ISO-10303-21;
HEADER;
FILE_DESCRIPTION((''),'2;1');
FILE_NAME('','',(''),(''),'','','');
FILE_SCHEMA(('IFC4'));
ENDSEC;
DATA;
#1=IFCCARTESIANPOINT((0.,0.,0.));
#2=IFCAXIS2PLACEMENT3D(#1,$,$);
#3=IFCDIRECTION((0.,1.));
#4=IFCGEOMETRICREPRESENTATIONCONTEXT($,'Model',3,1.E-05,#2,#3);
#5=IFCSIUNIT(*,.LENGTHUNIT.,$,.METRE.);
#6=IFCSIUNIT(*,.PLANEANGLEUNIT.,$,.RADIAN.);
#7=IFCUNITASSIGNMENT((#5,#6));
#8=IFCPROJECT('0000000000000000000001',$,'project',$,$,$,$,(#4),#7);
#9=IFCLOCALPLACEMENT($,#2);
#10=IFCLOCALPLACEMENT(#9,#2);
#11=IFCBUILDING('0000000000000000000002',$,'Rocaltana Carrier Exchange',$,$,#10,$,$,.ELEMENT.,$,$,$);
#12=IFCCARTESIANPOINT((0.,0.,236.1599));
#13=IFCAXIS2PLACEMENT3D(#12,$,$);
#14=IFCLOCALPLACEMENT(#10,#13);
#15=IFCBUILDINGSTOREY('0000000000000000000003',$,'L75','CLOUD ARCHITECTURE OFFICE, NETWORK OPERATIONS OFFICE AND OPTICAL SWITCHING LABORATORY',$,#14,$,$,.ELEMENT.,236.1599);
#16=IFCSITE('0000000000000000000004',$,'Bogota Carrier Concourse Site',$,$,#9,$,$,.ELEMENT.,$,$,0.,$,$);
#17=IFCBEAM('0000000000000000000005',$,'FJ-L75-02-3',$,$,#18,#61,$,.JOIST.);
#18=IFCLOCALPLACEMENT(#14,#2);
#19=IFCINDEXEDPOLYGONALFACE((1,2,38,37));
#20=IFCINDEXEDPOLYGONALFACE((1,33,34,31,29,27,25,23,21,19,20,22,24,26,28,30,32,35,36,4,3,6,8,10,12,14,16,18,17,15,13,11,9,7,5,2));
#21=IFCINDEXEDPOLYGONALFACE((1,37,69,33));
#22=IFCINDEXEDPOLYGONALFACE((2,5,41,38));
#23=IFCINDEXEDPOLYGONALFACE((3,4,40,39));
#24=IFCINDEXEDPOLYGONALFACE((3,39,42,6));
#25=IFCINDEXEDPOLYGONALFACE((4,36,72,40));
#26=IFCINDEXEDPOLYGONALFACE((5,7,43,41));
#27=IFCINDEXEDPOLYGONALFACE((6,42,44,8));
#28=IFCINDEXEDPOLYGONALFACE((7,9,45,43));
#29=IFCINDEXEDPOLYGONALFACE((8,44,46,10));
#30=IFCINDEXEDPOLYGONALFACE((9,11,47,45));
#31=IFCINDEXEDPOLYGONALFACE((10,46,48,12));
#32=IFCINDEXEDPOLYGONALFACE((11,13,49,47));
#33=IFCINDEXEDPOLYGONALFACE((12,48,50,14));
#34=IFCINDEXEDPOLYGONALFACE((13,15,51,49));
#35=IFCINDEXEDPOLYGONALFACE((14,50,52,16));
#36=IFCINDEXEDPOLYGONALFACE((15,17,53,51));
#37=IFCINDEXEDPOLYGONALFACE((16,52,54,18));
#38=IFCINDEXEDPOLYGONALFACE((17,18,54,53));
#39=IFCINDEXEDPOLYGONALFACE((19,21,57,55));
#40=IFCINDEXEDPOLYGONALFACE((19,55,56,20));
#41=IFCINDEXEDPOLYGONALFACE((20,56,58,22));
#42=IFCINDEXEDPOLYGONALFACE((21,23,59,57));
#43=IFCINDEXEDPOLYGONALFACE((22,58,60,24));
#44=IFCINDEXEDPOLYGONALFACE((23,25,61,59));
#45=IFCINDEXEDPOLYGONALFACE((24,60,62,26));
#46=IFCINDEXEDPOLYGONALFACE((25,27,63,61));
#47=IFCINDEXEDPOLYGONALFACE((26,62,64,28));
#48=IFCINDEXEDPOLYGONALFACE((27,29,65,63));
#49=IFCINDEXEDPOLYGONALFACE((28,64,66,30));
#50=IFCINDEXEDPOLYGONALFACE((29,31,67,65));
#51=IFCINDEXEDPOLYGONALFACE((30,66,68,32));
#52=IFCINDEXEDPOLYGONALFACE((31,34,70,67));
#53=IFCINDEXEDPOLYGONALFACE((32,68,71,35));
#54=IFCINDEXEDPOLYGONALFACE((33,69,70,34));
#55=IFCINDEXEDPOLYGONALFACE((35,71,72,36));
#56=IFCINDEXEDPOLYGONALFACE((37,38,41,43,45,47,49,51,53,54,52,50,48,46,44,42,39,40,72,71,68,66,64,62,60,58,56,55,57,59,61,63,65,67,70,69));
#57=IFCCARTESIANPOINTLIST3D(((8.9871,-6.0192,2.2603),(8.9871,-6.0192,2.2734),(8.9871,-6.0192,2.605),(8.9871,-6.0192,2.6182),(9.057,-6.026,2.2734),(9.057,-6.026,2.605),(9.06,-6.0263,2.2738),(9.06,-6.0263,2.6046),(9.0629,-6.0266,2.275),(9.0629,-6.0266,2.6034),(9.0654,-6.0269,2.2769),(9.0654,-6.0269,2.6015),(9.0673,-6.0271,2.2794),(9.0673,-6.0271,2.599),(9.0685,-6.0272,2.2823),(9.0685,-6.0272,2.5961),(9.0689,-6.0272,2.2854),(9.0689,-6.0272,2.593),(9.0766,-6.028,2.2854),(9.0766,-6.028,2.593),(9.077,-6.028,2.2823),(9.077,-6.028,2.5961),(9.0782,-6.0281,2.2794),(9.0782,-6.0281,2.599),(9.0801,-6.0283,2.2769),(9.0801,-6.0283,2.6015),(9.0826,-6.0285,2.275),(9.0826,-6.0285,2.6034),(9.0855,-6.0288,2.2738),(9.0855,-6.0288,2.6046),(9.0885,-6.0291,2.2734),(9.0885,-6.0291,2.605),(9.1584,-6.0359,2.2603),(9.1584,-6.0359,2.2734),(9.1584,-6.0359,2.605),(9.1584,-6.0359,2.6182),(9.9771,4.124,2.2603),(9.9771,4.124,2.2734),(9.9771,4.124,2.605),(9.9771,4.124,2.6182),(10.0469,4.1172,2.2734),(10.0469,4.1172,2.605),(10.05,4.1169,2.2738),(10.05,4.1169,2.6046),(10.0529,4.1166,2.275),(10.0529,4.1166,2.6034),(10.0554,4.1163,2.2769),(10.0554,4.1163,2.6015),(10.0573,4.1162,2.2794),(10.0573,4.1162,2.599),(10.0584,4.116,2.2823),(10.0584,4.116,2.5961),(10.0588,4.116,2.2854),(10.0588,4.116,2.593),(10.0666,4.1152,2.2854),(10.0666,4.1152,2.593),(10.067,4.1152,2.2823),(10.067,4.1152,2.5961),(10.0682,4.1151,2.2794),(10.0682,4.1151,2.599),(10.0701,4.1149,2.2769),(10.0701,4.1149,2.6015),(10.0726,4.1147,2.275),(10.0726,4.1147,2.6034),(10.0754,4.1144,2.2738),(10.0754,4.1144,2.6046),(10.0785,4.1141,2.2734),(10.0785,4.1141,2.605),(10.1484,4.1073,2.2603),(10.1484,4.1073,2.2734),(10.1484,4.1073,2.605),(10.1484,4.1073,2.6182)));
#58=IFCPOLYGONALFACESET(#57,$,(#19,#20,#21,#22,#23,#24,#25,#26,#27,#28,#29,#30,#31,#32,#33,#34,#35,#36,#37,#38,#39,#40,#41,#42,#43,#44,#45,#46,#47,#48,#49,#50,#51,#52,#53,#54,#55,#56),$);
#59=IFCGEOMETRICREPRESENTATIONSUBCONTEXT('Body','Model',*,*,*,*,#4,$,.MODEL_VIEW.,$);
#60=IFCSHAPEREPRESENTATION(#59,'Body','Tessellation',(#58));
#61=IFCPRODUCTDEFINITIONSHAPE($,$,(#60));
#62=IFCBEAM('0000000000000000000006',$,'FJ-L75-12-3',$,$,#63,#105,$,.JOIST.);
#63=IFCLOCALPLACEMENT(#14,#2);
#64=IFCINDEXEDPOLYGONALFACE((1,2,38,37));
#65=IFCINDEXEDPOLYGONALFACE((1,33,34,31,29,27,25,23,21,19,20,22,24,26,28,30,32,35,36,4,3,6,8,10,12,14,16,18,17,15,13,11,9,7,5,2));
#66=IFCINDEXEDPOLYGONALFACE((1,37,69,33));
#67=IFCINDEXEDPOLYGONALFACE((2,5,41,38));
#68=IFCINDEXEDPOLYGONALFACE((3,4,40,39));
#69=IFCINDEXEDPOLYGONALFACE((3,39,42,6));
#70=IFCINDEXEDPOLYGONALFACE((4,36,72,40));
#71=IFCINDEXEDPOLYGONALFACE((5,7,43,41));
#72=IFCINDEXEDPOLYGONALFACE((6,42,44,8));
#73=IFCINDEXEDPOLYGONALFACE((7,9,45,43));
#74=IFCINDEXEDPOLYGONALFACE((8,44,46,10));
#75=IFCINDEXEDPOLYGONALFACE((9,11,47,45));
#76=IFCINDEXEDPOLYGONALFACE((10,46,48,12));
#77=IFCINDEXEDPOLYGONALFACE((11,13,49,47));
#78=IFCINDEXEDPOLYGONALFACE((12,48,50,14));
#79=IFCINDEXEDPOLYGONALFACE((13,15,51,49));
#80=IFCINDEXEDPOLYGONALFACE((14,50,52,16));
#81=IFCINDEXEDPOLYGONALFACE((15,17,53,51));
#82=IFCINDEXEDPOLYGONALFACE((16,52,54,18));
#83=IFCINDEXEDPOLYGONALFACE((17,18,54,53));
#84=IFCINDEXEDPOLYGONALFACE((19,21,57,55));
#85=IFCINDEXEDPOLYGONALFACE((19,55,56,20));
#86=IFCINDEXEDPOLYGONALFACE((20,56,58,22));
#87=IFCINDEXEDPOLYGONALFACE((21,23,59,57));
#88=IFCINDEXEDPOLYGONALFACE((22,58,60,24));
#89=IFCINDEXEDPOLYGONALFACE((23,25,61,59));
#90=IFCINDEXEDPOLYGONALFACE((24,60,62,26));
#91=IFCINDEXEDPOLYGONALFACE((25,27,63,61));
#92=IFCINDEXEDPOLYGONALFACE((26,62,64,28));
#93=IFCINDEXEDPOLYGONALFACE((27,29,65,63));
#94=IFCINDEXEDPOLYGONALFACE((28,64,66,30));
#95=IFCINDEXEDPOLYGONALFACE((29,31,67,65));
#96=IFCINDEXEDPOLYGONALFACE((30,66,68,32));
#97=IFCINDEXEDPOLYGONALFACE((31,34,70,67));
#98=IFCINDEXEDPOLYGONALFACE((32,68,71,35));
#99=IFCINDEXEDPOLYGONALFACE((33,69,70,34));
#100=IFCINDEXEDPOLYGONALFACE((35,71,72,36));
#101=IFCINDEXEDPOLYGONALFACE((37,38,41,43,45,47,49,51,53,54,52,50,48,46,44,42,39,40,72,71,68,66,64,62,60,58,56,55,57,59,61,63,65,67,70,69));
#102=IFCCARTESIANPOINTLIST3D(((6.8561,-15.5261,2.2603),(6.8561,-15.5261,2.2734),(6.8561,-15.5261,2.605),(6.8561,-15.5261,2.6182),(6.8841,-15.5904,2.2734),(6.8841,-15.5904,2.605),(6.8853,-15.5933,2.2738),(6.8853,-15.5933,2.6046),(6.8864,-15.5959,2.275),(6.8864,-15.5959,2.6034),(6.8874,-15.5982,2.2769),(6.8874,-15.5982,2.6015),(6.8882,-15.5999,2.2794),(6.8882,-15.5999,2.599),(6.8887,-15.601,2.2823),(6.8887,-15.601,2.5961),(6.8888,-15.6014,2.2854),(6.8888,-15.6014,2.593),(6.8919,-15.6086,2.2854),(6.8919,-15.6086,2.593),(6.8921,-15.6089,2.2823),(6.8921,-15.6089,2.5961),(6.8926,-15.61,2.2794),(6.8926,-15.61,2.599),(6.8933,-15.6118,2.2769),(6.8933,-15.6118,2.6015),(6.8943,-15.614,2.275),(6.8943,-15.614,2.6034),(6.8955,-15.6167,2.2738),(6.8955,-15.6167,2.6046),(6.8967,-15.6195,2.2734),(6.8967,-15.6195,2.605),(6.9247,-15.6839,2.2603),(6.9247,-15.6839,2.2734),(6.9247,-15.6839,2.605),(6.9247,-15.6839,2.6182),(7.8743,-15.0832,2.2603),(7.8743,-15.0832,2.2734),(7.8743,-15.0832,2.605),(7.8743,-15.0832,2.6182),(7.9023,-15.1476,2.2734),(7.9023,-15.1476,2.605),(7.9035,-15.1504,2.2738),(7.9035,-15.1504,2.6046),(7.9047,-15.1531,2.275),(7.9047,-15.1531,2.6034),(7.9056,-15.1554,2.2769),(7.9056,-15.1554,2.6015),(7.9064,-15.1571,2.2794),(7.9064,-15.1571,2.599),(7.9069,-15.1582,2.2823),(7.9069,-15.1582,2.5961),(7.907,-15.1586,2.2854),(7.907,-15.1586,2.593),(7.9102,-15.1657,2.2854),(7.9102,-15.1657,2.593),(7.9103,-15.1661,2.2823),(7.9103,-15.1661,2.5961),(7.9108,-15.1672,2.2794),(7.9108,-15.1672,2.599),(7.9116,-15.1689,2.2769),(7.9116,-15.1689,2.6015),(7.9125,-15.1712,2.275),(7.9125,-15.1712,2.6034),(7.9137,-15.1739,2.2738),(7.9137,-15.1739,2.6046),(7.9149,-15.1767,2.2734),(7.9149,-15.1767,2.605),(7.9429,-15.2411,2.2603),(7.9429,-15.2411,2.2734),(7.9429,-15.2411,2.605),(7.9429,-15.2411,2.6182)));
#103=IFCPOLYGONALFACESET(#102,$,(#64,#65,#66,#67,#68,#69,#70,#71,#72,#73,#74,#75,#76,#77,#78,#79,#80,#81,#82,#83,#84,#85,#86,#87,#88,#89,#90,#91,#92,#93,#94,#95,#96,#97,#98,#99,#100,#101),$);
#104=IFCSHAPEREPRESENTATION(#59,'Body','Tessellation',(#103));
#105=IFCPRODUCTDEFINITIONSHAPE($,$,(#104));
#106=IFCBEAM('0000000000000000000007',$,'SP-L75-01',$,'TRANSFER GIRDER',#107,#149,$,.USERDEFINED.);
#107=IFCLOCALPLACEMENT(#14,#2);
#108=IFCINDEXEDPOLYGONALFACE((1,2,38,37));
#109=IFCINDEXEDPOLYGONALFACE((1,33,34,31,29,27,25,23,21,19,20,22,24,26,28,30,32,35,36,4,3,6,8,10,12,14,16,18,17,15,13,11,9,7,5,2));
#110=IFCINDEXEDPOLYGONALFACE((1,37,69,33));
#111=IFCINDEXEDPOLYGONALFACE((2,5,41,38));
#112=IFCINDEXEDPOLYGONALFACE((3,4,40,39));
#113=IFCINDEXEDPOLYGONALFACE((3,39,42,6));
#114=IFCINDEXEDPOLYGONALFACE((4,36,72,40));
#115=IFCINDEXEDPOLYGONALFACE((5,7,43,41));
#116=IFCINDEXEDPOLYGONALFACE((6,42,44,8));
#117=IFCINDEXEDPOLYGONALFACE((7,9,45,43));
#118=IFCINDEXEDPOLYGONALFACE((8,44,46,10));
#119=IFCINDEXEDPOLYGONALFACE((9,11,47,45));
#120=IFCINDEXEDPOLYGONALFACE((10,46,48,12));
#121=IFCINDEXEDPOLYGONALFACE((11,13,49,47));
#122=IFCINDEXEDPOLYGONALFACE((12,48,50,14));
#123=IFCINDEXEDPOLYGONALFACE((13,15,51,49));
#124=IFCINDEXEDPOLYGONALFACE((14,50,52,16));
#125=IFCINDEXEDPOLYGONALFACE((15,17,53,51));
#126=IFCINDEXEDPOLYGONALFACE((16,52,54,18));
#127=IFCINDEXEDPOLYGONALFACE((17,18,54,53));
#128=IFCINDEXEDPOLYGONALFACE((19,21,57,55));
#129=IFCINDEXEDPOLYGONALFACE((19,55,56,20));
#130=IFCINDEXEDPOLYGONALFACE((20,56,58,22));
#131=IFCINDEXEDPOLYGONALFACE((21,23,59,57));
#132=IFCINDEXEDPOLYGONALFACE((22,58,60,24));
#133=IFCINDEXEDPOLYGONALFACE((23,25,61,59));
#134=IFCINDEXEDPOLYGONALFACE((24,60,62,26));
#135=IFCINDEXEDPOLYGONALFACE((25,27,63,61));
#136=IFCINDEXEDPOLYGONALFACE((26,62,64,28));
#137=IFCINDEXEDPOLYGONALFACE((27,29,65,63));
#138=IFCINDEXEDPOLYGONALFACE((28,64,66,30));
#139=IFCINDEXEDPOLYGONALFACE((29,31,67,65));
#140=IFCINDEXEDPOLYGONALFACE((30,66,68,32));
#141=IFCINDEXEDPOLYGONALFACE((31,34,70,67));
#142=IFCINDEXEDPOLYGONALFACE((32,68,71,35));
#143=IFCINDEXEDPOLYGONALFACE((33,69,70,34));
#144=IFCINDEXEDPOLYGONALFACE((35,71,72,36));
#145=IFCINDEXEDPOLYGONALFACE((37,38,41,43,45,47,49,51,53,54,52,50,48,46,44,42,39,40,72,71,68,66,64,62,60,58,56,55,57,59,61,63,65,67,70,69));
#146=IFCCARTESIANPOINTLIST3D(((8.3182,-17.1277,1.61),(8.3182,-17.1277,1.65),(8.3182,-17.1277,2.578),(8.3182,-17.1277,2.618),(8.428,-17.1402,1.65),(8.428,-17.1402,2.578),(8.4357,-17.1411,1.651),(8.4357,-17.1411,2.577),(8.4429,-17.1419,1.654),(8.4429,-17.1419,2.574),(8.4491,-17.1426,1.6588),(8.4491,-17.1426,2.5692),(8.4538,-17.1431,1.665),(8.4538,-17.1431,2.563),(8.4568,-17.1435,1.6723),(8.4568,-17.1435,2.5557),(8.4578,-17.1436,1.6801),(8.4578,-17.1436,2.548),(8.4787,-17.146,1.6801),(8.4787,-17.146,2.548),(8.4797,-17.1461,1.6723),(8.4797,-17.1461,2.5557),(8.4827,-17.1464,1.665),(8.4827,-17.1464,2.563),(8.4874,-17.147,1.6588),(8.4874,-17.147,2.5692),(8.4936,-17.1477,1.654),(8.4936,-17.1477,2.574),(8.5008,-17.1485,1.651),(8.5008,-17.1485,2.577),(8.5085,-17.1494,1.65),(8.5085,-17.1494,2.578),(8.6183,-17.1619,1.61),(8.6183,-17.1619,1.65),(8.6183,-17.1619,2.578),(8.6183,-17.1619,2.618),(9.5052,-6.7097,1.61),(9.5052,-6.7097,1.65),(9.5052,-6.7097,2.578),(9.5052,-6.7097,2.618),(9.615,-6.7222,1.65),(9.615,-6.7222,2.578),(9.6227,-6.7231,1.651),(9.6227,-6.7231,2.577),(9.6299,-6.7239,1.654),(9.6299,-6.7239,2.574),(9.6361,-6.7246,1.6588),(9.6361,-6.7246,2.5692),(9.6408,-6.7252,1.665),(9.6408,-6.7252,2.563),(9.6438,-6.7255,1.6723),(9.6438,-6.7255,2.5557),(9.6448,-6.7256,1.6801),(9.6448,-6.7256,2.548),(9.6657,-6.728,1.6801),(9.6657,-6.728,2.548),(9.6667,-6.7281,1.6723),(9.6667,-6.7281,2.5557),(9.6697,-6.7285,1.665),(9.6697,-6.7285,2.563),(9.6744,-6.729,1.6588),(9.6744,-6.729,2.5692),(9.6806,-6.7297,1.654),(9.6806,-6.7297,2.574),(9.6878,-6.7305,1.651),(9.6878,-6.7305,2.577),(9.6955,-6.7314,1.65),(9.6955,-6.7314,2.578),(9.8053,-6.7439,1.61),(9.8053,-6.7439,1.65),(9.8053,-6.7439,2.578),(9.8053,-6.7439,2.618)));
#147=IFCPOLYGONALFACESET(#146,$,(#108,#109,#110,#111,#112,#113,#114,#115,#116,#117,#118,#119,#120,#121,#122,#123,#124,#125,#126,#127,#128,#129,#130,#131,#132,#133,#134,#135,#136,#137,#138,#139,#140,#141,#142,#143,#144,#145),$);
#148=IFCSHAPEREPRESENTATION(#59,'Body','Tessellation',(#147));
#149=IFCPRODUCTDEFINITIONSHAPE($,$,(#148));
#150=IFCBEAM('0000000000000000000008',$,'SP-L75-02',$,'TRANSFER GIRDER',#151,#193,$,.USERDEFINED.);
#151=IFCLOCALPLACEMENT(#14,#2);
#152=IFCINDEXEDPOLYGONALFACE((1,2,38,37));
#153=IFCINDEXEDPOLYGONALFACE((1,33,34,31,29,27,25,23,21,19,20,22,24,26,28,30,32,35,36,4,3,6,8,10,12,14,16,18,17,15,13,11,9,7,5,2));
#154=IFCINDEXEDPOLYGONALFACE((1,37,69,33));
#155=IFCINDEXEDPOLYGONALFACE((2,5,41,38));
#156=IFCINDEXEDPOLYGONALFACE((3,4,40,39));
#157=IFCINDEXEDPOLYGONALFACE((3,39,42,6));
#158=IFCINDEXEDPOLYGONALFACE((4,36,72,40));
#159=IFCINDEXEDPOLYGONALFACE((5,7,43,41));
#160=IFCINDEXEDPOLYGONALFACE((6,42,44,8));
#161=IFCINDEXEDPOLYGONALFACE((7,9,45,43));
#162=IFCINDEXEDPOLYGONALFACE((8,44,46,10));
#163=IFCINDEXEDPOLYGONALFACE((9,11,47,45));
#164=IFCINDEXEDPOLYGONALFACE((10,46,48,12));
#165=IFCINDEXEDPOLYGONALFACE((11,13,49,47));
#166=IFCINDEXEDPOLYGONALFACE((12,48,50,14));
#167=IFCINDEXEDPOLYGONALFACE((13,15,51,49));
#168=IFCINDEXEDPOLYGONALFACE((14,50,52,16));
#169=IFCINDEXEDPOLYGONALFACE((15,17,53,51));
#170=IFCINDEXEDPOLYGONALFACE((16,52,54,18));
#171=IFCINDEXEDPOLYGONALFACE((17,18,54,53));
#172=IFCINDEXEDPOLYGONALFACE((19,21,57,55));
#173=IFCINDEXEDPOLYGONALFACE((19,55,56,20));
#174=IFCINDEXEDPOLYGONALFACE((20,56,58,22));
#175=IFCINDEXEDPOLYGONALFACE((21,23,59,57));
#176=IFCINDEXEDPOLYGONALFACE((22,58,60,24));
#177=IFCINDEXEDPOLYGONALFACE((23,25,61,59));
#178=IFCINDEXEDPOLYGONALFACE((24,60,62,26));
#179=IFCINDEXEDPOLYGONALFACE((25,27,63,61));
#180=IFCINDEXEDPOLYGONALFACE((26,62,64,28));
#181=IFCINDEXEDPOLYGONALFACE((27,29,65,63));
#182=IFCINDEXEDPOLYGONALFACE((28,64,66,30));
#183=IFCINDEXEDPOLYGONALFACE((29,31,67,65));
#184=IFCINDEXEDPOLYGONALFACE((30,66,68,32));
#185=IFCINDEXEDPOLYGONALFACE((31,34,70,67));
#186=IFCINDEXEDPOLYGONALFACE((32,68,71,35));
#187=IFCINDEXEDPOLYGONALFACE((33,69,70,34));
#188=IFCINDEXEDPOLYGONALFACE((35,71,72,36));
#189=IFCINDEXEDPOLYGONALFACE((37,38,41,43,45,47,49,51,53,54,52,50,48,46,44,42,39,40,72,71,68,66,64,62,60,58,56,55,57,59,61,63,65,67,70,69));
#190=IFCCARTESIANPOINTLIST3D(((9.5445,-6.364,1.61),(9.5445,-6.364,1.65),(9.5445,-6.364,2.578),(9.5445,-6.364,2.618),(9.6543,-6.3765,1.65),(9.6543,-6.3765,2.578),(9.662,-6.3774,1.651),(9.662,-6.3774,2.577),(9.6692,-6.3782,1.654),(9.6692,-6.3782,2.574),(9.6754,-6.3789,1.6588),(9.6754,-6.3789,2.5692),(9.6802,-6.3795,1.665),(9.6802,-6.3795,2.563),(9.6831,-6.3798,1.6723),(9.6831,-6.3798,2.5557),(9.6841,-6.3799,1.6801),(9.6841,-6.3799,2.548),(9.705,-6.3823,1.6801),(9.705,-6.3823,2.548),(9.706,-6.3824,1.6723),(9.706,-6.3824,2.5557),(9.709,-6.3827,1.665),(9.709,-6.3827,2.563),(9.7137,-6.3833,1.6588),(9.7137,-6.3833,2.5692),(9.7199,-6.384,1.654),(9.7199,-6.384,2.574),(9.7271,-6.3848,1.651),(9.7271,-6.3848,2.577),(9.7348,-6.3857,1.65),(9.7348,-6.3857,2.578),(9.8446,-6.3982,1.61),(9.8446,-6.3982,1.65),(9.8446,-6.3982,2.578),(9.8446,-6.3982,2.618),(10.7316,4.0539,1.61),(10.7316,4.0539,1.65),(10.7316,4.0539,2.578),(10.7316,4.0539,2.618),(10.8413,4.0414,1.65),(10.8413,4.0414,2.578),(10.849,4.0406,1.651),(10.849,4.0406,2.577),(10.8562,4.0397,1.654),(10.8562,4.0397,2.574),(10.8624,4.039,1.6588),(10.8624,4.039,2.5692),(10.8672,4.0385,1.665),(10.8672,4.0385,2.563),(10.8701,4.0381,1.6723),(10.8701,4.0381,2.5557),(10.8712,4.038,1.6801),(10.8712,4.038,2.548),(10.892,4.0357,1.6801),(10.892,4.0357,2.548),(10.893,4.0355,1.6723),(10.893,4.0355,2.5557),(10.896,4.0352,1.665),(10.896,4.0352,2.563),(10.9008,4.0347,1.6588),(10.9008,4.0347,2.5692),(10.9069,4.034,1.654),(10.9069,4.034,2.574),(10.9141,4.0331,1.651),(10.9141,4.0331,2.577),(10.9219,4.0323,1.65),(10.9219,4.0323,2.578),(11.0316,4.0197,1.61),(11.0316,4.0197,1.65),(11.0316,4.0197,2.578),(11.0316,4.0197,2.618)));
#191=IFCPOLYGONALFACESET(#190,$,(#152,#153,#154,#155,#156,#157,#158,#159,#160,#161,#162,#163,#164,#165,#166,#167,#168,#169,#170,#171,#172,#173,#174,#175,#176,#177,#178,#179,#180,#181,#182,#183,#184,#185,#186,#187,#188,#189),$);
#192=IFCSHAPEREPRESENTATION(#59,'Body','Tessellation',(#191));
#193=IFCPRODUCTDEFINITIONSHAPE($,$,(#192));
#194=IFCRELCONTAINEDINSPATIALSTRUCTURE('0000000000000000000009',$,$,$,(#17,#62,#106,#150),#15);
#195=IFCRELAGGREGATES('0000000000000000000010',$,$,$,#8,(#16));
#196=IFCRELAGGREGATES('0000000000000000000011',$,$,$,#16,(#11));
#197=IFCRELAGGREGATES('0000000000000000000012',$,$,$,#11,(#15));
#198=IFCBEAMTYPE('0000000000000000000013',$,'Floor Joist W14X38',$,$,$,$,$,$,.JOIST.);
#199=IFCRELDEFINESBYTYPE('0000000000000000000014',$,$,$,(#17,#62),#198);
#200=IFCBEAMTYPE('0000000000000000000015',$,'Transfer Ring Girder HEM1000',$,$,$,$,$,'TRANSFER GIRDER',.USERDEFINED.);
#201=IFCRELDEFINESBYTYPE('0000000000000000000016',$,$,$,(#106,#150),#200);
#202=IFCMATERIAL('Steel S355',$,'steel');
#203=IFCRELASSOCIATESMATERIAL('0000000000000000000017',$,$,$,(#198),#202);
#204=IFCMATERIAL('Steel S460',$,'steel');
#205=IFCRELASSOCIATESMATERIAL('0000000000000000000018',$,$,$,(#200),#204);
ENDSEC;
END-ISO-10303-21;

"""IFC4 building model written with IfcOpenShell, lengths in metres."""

from ifc_helpers import new_model, si_unit, direction, frame, origin, origin_2d, place, context, subcontext, project, spatial, i_section, extrude, material, material_profile, profile_set, type_object, element, save


model = new_model("IFC4")

# Units and contexts
model_context = context("Model", 3, precision=1e-05, world=origin(), true_north=direction((0.0, 1.0)))
body_context = subcontext(model_context, "Body", "Model", "MODEL_VIEW")
ifc_project = project(units=[si_unit("LENGTHUNIT", "METRE"), si_unit("PLANEANGLEUNIT", "RADIAN")], contexts=[model_context])

# Site, building, storey
site_placement = place(None, origin())
site = spatial("IfcSite", under=ifc_project, at=site_placement, Name="Bogota Carrier Concourse Site", CompositionType="ELEMENT", RefElevation=0.0)
building_placement = place(site_placement, origin())
building = spatial("IfcBuilding", under=site, at=building_placement, Name="Rocaltana Carrier Exchange", CompositionType="ELEMENT")
storey_placement = place(building_placement, frame((0.0, 0.0, 236.1599)))
storey = spatial("IfcBuildingStorey", under=building, at=storey_placement, Name="L75", Description="CLOUD ARCHITECTURE OFFICE, NETWORK OPERATIONS OFFICE AND OPTICAL SWITCHING LABORATORY", CompositionType="ELEMENT", Elevation=236.1599)

# Beams
ifc_material_1 = material(Name="Steel S355", Category="steel")
ifc_material_profile_1 = material_profile(ifc_material_1, i_section(OverallWidth=0.1721, OverallDepth=0.3579, WebThickness=0.0078, FlangeThickness=0.0132, FilletRadius=0.012, at=origin_2d()), Name="W14X38")
ifc_profile_set_1 = profile_set([ifc_material_profile_1], Name="Steel S355")
beam_type_1 = type_object("IfcBeamType", Name="Floor Joist W14X38", PredefinedType="JOIST", material=ifc_profile_set_1)
beam_1_placement = place(storey_placement, frame((9.0728, -6.0276, 2.4392), z_axis=(0.097139, 0.995271, 0.0), x_axis=(-0.995271, 0.097139, 0.0)))
element("IfcBeam", 1, at=beam_1_placement, inside=storey, type_object=beam_type_1, Name="FJ-L75-02-3", PredefinedType="JOIST", context=body_context, shape_type="SweptSolid", body=[
    extrude(i_section(OverallWidth=0.1721, OverallDepth=0.3579, WebThickness=0.0078, FlangeThickness=0.0132, FilletRadius=0.012, at=origin_2d()), origin(), (0.0, 0.0, 1.0), 10.1914),
])
beam_2_placement = place(storey_placement, frame((6.8904, -15.605, 2.4392), z_axis=(0.917028, 0.398823, 0.0), x_axis=(-0.398823, 0.917028, 0.0)))
element("IfcBeam", 2, at=beam_2_placement, inside=storey, type_object=beam_type_1, Name="FJ-L75-12-3", PredefinedType="JOIST", context=body_context, shape_type="SweptSolid", body=[
    extrude(i_section(OverallWidth=0.1721, OverallDepth=0.3579, WebThickness=0.0078, FlangeThickness=0.0132, FilletRadius=0.012, at=origin_2d()), origin(), (0.0, 0.0, 1.0), 1.1104),
])
ifc_material_2 = material(Name="Steel S460", Category="steel")
ifc_material_profile_2 = material_profile(ifc_material_2, i_section(OverallWidth=0.302, OverallDepth=1.0081, WebThickness=0.021, FlangeThickness=0.04, FilletRadius=0.03, at=origin_2d()), Name="HEM1000")
ifc_profile_set_2 = profile_set([ifc_material_profile_2], Name="Steel S460")
beam_type_2 = type_object("IfcBeamType", Name="Transfer Ring Girder HEM1000", ElementType="TRANSFER GIRDER", PredefinedType="USERDEFINED", material=ifc_profile_set_2)
for number, where, z_axis, x_axis, name in (
    (3, (8.4683, -17.1448, 2.114), (0.113206, 0.993571, 0.0), (-0.993571, 0.113206, 0.0), "SP-L75-01"),
    (4, (9.6946, -6.3811, 2.114), (0.113206, 0.993571, 0.0), (-0.993571, 0.113206, 0.0), "SP-L75-02"),
):
    element("IfcBeam", number, at=place(storey_placement, frame(where, z_axis=z_axis, x_axis=x_axis)), inside=storey, type_object=beam_type_2, Name=name, ObjectType="TRANSFER GIRDER", PredefinedType="USERDEFINED", context=body_context, shape_type="SweptSolid", body=[
        extrude(i_section(OverallWidth=0.302, OverallDepth=1.0081, WebThickness=0.021, FlangeThickness=0.04, FilletRadius=0.03, at=origin_2d()), origin(), (0.0, 0.0, 1.0), 10.4854),
    ])

save(model, "model.ifc")
